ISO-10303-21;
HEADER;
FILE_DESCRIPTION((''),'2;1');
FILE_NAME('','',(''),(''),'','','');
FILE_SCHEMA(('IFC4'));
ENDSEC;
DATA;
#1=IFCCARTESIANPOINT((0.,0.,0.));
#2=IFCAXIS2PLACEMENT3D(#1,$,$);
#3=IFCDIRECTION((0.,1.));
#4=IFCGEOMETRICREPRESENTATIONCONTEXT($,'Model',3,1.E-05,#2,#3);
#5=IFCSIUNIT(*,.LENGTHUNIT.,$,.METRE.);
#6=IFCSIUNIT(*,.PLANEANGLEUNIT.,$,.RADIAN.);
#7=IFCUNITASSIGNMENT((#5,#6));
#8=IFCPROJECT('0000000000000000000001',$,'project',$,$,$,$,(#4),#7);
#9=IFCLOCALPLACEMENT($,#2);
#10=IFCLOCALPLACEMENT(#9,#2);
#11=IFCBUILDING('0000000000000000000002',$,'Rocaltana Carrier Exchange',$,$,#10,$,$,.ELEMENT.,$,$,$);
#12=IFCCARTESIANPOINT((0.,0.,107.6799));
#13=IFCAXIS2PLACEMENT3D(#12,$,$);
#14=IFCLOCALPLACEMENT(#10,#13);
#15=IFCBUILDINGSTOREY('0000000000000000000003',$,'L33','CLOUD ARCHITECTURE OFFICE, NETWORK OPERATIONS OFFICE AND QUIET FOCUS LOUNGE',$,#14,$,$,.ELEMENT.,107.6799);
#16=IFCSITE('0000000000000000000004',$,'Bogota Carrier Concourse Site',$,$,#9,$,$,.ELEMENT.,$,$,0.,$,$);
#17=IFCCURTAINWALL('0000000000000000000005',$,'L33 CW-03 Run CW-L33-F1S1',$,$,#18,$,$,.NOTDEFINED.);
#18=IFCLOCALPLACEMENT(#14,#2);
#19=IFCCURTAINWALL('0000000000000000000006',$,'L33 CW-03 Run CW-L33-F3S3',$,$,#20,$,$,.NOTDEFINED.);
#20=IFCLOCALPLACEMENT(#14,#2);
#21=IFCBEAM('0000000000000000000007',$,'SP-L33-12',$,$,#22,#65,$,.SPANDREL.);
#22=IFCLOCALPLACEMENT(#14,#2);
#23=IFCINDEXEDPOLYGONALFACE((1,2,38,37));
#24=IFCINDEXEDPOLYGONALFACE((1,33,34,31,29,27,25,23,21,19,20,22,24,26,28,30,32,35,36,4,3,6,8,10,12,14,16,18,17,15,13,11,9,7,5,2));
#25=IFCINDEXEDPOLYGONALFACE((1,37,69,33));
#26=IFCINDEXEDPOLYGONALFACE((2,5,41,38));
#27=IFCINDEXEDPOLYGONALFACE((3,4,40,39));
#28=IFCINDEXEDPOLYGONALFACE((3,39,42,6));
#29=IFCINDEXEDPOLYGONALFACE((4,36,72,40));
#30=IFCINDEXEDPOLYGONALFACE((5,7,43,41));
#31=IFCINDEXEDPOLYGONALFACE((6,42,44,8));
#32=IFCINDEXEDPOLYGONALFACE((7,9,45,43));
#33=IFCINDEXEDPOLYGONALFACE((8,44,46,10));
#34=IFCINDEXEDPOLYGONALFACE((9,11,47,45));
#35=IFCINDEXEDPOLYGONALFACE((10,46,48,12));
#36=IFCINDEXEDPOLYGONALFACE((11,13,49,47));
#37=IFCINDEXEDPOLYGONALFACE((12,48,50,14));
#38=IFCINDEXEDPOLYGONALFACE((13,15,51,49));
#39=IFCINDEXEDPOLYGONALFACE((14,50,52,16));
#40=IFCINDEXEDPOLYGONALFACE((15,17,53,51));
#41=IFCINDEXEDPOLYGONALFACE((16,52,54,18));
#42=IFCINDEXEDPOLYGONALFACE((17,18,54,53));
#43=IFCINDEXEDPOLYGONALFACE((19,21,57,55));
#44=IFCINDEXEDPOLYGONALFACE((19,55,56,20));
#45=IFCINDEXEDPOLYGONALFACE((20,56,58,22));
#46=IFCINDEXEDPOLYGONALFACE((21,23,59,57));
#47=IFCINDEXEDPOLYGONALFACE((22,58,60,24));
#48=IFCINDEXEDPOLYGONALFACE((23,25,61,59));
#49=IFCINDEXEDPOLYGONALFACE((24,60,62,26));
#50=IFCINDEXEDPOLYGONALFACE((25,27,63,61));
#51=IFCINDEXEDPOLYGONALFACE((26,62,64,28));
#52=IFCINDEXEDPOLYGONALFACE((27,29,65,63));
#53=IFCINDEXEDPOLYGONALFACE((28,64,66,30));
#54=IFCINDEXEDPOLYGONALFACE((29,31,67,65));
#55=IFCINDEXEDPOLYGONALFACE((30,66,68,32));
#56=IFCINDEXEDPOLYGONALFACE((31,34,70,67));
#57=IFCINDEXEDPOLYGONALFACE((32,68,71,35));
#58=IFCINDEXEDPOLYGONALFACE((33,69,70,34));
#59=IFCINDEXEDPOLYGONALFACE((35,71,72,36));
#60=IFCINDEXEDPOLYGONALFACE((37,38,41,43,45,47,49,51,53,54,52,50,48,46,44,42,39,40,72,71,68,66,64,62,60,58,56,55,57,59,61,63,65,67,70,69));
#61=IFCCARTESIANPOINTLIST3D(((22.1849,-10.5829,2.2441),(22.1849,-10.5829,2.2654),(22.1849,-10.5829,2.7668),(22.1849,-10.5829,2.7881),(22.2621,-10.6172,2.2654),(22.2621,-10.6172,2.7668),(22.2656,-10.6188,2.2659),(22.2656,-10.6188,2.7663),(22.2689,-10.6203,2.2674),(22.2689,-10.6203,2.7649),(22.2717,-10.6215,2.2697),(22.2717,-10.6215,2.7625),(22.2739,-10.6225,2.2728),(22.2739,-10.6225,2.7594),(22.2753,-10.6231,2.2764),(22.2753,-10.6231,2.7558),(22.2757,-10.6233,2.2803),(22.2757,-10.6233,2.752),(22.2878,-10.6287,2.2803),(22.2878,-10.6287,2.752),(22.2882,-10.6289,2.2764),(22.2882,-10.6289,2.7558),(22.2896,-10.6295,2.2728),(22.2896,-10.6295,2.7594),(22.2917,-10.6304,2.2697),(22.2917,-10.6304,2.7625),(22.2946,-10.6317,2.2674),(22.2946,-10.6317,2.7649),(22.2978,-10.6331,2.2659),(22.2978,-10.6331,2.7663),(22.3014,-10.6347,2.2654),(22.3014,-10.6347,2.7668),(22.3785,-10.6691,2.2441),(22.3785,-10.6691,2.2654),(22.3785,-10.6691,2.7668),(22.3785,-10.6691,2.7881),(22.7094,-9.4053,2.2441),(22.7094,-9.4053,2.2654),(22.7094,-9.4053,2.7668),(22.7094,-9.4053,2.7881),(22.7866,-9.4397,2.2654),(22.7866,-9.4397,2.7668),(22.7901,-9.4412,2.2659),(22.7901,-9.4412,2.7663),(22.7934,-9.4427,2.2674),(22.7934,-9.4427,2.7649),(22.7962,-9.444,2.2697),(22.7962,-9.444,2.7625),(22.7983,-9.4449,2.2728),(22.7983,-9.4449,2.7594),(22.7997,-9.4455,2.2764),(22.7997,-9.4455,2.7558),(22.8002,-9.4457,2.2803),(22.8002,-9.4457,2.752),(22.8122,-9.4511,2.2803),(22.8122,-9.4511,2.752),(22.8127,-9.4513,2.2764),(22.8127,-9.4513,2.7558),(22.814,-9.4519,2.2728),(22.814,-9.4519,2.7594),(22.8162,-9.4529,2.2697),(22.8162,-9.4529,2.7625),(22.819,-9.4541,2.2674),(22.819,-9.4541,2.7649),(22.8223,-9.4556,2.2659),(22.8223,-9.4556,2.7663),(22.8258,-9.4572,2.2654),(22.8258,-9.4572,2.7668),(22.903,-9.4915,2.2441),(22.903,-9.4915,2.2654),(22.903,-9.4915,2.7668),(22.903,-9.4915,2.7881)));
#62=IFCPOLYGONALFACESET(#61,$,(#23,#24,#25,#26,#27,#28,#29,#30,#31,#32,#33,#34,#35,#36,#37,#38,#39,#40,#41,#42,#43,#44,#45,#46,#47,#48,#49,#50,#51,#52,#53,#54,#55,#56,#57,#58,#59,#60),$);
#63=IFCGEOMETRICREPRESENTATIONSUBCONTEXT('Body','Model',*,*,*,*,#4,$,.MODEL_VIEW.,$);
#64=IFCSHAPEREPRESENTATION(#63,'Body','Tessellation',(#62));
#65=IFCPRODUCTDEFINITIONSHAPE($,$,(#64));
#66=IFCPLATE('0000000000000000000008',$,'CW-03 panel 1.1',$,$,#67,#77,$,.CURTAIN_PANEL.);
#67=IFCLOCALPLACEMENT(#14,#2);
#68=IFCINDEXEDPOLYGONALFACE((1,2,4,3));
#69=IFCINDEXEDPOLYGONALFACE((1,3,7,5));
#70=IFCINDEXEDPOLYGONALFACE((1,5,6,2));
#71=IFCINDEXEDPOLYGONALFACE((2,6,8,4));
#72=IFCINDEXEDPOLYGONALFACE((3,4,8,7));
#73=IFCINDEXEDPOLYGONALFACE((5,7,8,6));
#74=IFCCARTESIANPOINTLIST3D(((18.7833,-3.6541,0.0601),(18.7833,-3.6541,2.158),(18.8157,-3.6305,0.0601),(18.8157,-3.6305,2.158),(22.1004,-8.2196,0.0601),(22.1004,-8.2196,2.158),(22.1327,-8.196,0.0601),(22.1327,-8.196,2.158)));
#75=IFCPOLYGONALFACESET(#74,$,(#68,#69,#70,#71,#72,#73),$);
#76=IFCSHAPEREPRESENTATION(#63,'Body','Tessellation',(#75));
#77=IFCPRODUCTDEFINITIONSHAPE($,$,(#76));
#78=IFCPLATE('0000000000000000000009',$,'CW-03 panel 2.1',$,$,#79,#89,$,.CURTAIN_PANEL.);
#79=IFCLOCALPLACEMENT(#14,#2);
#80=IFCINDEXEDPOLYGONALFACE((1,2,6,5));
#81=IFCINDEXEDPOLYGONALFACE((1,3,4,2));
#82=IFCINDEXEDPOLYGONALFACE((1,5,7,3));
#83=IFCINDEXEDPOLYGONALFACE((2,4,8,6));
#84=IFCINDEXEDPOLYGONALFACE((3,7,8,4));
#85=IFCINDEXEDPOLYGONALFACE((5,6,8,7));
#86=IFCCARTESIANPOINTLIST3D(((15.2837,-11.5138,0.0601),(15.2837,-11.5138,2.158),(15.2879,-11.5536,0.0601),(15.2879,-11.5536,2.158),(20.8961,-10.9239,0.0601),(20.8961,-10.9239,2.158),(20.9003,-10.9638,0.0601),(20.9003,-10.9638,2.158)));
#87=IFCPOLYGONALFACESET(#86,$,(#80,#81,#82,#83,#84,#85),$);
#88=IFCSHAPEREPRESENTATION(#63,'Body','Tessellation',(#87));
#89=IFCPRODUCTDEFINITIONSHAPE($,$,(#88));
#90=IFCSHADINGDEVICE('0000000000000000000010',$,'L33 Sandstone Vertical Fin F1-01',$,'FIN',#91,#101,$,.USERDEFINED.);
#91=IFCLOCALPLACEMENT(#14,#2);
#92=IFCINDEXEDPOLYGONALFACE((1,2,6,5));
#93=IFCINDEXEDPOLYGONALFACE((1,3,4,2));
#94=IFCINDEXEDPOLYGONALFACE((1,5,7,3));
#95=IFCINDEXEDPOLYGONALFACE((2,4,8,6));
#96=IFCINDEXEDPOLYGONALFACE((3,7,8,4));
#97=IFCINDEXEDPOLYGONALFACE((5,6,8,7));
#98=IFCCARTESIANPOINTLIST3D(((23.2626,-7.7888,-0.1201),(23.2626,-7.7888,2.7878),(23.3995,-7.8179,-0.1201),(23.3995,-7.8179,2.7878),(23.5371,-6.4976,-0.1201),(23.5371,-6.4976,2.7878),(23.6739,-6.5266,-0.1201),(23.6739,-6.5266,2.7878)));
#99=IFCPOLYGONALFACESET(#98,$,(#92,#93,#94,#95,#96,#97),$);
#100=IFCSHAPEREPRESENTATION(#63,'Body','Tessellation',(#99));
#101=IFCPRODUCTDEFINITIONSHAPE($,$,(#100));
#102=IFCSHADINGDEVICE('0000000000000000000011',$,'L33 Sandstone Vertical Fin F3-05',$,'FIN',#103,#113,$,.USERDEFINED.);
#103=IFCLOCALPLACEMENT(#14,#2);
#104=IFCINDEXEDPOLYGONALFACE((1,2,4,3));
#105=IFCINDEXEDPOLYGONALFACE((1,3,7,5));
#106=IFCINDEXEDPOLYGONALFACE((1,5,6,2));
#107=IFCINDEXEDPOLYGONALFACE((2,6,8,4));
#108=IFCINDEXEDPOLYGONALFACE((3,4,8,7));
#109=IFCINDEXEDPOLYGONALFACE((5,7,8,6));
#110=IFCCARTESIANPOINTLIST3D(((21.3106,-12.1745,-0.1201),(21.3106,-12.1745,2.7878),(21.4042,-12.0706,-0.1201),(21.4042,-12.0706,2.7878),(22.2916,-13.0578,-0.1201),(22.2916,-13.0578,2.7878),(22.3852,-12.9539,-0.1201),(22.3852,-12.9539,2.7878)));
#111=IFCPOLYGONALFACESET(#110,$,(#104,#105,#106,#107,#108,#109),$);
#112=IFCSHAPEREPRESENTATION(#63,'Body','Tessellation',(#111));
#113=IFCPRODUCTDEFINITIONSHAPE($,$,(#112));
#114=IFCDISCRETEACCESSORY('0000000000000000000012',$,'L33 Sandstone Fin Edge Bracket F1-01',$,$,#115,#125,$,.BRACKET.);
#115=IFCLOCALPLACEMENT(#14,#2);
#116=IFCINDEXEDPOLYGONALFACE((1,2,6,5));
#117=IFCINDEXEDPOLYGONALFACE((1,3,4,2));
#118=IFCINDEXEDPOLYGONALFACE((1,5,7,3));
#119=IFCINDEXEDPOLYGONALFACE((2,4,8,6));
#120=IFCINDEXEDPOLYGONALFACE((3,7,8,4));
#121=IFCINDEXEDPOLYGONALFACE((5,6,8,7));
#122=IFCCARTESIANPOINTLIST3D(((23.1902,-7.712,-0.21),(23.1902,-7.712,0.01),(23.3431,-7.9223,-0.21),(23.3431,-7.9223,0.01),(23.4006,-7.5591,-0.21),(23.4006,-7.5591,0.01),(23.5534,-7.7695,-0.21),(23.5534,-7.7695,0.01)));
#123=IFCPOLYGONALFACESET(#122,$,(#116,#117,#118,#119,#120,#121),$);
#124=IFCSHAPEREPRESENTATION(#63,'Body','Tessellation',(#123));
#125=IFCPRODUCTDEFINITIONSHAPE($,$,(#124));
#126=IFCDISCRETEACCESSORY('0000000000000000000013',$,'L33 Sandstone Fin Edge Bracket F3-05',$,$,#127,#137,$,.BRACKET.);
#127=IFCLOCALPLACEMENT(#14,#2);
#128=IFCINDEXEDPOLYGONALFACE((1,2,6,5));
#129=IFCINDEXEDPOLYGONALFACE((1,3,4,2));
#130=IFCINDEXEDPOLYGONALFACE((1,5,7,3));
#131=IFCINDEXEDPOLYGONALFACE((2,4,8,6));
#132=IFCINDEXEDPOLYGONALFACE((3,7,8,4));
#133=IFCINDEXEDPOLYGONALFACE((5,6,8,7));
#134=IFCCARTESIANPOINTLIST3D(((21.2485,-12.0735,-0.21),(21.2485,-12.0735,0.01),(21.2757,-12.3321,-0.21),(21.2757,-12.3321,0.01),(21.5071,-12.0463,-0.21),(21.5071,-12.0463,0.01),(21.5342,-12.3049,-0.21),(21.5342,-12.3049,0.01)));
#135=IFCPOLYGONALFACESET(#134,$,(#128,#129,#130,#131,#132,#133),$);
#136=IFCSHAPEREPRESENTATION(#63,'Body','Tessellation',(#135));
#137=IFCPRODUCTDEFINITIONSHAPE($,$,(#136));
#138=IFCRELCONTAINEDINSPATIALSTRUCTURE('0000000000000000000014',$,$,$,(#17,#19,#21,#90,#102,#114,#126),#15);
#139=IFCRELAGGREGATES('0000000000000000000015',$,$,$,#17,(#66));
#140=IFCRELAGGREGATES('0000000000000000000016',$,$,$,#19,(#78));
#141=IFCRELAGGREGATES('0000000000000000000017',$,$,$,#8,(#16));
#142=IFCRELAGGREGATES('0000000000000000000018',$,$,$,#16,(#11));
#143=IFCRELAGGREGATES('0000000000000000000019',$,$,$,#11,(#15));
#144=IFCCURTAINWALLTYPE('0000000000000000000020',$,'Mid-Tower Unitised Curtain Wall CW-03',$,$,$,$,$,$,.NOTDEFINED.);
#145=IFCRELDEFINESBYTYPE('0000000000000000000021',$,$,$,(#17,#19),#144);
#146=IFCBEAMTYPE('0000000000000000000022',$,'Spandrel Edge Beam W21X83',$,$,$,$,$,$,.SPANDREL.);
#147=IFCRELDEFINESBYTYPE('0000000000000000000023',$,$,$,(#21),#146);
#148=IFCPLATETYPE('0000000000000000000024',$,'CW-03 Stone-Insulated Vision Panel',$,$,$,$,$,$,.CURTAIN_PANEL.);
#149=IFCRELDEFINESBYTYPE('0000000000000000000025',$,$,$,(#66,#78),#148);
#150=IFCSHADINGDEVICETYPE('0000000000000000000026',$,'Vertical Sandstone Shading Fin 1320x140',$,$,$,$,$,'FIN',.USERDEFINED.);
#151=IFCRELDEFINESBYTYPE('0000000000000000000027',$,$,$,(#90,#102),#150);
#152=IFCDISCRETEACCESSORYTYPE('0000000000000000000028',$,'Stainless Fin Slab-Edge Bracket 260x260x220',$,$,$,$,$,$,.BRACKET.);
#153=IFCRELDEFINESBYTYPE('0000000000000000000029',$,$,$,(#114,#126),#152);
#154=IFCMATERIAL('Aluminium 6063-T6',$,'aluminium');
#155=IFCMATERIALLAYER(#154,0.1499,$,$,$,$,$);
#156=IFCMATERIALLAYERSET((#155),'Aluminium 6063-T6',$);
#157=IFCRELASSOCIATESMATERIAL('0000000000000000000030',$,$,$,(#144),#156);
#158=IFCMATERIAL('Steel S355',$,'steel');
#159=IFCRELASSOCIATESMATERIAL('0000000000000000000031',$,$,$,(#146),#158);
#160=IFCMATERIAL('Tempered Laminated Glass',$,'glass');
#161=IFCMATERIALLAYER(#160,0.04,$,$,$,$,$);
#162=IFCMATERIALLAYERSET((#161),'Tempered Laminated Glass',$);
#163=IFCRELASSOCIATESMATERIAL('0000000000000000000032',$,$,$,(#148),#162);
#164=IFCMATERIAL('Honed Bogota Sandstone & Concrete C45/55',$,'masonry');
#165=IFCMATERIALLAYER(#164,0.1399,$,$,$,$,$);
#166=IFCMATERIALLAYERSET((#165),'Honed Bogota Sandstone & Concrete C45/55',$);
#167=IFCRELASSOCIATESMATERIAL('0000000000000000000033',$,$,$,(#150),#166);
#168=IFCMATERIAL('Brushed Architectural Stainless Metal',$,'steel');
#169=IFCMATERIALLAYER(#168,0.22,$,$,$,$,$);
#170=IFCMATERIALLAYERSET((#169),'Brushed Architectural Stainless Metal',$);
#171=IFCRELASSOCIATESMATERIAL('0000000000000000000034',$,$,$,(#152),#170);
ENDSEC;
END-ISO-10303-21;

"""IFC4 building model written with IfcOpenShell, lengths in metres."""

from ifc_helpers import new_model, si_unit, direction, frame, origin, origin_2d, place, context, subcontext, project, spatial, rectangle, i_section, extrude, material, layer, layer_set, material_profile, profile_set, type_object, element, aggregate, save


model = new_model("IFC4")

# Units and contexts
model_context = context("Model", 3, precision=1e-05, world=origin(), true_north=direction((0.0, 1.0)))
body_context = subcontext(model_context, "Body", "Model", "MODEL_VIEW")
ifc_project = project(units=[si_unit("LENGTHUNIT", "METRE"), si_unit("PLANEANGLEUNIT", "RADIAN")], contexts=[model_context])

# Site, building, storey
site_placement = place(None, origin())
site = spatial("IfcSite", under=ifc_project, at=site_placement, Name="Bogota Carrier Concourse Site", CompositionType="ELEMENT", RefElevation=0.0)
building_placement = place(site_placement, origin())
building = spatial("IfcBuilding", under=site, at=building_placement, Name="Rocaltana Carrier Exchange", CompositionType="ELEMENT")
storey_placement = place(building_placement, frame((0.0, 0.0, 107.6799)))
storey = spatial("IfcBuildingStorey", under=building, at=storey_placement, Name="L33", Description="CLOUD ARCHITECTURE OFFICE, NETWORK OPERATIONS OFFICE AND QUIET FOCUS LOUNGE", CompositionType="ELEMENT", Elevation=107.6799)

# Curtain wall
ifc_material_1 = material(Name="Aluminium 6063-T6", Category="aluminium")
ifc_layer_1 = layer(ifc_material_1, 0.1499)
ifc_layer_set_1 = layer_set([ifc_layer_1], Name="Aluminium 6063-T6")
curtain_wall_type = type_object("IfcCurtainWallType", Name="Mid-Tower Unitised Curtain Wall CW-03", PredefinedType="NOTDEFINED", material=ifc_layer_set_1)
curtain_wall_1_placement = place(storey_placement, origin())
curtain_wall_1 = element("IfcCurtainWall", 1, at=curtain_wall_1_placement, inside=storey, type_object=curtain_wall_type, Name="L33 CW-03 Run CW-L33-F1S1", PredefinedType="NOTDEFINED")

# Curtain wall
curtain_wall_2_placement = place(storey_placement, origin())
curtain_wall_2 = element("IfcCurtainWall", 2, at=curtain_wall_2_placement, inside=storey, type_object=curtain_wall_type, Name="L33 CW-03 Run CW-L33-F3S3", PredefinedType="NOTDEFINED")

# Beam
ifc_material_2 = material(Name="Steel S355", Category="steel")
ifc_material_profile_1 = material_profile(ifc_material_2, i_section(OverallWidth=0.2119, OverallDepth=0.5439, WebThickness=0.0132, FlangeThickness=0.0212, FilletRadius=0.0149, at=origin_2d()), Name="W21X83")
ifc_profile_set_1 = profile_set([ifc_material_profile_1], Name="Steel S355")
beam_type_1 = type_object("IfcBeamType", Name="Spandrel Edge Beam W21X83", PredefinedType="SPANDREL", material=ifc_profile_set_1)
beam_1_placement = place(storey_placement, frame((22.2817, -10.626, 2.5161), z_axis=(0.406841, 0.913499, 0.0), x_axis=(-0.913499, 0.406841, 0.0)))
element("IfcBeam", 3, at=beam_1_placement, inside=storey, type_object=beam_type_1, Name="SP-L33-12", PredefinedType="SPANDREL", context=body_context, shape_type="SweptSolid", body=[
    extrude(i_section(OverallWidth=0.2119, OverallDepth=0.5439, WebThickness=0.0132, FlangeThickness=0.0212, FilletRadius=0.0149, at=origin_2d()), origin(), (0.0, 0.0, 1.0), 1.2891),
])

# Plates
ifc_material_3 = material(Name="Tempered Laminated Glass", Category="glass")
ifc_layer_2 = layer(ifc_material_3, 0.04)
ifc_layer_set_2 = layer_set([ifc_layer_2], Name="Tempered Laminated Glass")
plate_type = type_object("IfcPlateType", Name="CW-03 Stone-Insulated Vision Panel", PredefinedType="CURTAIN_PANEL", material=ifc_layer_set_2)
plate_1_placement = place(storey_placement, frame((20.458, -5.925, 0.0601), z_axis=(0.0, 0.0, 1.0), x_axis=(-0.58779, 0.809014, 0.0)))
plate_1 = element("IfcPlate", 4, at=plate_1_placement, type_object=plate_type, Name="CW-03 panel 1.1", PredefinedType="CURTAIN_PANEL", context=body_context, shape_type="SweptSolid", body=[
    extrude(rectangle(XDim=5.6433, YDim=0.04, at=origin_2d()), origin(), (0.0, 0.0, 1.0), 2.0979),
])
aggregate(curtain_wall_1, [plate_1])
plate_2_placement = place(storey_placement, frame((18.092, -11.2388, 0.0601), z_axis=(0.0, 0.0, 1.0), x_axis=(0.994523, 0.104522, 0.0)))
plate_2 = element("IfcPlate", 5, at=plate_2_placement, type_object=plate_type, Name="CW-03 panel 2.1", PredefinedType="CURTAIN_PANEL", context=body_context, shape_type="SweptSolid", body=[
    extrude(rectangle(XDim=5.6433, YDim=0.04, at=origin_2d()), origin(), (0.0, 0.0, 1.0), 2.0979),
])
aggregate(curtain_wall_2, [plate_2])

# Shading devices
ifc_material_4 = material(Name="Honed Bogota Sandstone & Concrete C45/55", Category="masonry")
ifc_layer_3 = layer(ifc_material_4, 0.1399)
ifc_layer_set_3 = layer_set([ifc_layer_3], Name="Honed Bogota Sandstone & Concrete C45/55")
shading_device_type = type_object("IfcShadingDeviceType", Name="Vertical Sandstone Shading Fin 1320x140", ElementType="FIN", PredefinedType="USERDEFINED", material=ifc_layer_set_3)
for number, where, z_axis, x_axis, name in (
    (6, (23.4683, -7.1577, -0.1201), (0.0, 0.0, 1.0), (0.207912, 0.978148, 0.0), "L33 Sandstone Vertical Fin F1-01"),
    (7, (21.8479, -12.5642, -0.1201), (0.0, 0.0, 1.0), (0.743145, -0.669131, 0.0), "L33 Sandstone Vertical Fin F3-05"),
):
    element("IfcShadingDevice", number, at=place(storey_placement, frame(where, z_axis=z_axis, x_axis=x_axis)), inside=storey, type_object=shading_device_type, Name=name, ObjectType="FIN", PredefinedType="USERDEFINED", context=body_context, shape_type="SweptSolid", body=[
        extrude(rectangle(XDim=1.3201, YDim=0.1399, at=origin_2d()), origin(), (0.0, 0.0, 1.0), 2.908),
    ])

# Discrete accessories
ifc_material_5 = material(Name="Brushed Architectural Stainless Metal", Category="steel")
ifc_layer_4 = layer(ifc_material_5, 0.22)
ifc_layer_set_4 = layer_set([ifc_layer_4], Name="Brushed Architectural Stainless Metal")
discrete_accessory_type = type_object("IfcDiscreteAccessoryType", Name="Stainless Fin Slab-Edge Bracket 260x260x220", PredefinedType="BRACKET", material=ifc_layer_set_4)
for number, where, z_axis, x_axis, name in (
    (8, (23.3718, -7.7407, -0.21), (0.0, 0.0, 1.0), (-0.587785, 0.809017, 0.0), "L33 Sandstone Fin Edge Bracket F1-01"),
    (9, (21.3914, -12.1892, -0.21), (0.0, 0.0, 1.0), (0.994522, 0.104528, 0.0), "L33 Sandstone Fin Edge Bracket F3-05"),
):
    element("IfcDiscreteAccessory", number, at=place(storey_placement, frame(where, z_axis=z_axis, x_axis=x_axis)), inside=storey, type_object=discrete_accessory_type, Name=name, PredefinedType="BRACKET", context=body_context, shape_type="SweptSolid", body=[
        extrude(rectangle(XDim=0.26, YDim=0.26, at=origin_2d()), origin(), (0.0, 0.0, 1.0), 0.22),
    ])

save(model, "model.ifc")
